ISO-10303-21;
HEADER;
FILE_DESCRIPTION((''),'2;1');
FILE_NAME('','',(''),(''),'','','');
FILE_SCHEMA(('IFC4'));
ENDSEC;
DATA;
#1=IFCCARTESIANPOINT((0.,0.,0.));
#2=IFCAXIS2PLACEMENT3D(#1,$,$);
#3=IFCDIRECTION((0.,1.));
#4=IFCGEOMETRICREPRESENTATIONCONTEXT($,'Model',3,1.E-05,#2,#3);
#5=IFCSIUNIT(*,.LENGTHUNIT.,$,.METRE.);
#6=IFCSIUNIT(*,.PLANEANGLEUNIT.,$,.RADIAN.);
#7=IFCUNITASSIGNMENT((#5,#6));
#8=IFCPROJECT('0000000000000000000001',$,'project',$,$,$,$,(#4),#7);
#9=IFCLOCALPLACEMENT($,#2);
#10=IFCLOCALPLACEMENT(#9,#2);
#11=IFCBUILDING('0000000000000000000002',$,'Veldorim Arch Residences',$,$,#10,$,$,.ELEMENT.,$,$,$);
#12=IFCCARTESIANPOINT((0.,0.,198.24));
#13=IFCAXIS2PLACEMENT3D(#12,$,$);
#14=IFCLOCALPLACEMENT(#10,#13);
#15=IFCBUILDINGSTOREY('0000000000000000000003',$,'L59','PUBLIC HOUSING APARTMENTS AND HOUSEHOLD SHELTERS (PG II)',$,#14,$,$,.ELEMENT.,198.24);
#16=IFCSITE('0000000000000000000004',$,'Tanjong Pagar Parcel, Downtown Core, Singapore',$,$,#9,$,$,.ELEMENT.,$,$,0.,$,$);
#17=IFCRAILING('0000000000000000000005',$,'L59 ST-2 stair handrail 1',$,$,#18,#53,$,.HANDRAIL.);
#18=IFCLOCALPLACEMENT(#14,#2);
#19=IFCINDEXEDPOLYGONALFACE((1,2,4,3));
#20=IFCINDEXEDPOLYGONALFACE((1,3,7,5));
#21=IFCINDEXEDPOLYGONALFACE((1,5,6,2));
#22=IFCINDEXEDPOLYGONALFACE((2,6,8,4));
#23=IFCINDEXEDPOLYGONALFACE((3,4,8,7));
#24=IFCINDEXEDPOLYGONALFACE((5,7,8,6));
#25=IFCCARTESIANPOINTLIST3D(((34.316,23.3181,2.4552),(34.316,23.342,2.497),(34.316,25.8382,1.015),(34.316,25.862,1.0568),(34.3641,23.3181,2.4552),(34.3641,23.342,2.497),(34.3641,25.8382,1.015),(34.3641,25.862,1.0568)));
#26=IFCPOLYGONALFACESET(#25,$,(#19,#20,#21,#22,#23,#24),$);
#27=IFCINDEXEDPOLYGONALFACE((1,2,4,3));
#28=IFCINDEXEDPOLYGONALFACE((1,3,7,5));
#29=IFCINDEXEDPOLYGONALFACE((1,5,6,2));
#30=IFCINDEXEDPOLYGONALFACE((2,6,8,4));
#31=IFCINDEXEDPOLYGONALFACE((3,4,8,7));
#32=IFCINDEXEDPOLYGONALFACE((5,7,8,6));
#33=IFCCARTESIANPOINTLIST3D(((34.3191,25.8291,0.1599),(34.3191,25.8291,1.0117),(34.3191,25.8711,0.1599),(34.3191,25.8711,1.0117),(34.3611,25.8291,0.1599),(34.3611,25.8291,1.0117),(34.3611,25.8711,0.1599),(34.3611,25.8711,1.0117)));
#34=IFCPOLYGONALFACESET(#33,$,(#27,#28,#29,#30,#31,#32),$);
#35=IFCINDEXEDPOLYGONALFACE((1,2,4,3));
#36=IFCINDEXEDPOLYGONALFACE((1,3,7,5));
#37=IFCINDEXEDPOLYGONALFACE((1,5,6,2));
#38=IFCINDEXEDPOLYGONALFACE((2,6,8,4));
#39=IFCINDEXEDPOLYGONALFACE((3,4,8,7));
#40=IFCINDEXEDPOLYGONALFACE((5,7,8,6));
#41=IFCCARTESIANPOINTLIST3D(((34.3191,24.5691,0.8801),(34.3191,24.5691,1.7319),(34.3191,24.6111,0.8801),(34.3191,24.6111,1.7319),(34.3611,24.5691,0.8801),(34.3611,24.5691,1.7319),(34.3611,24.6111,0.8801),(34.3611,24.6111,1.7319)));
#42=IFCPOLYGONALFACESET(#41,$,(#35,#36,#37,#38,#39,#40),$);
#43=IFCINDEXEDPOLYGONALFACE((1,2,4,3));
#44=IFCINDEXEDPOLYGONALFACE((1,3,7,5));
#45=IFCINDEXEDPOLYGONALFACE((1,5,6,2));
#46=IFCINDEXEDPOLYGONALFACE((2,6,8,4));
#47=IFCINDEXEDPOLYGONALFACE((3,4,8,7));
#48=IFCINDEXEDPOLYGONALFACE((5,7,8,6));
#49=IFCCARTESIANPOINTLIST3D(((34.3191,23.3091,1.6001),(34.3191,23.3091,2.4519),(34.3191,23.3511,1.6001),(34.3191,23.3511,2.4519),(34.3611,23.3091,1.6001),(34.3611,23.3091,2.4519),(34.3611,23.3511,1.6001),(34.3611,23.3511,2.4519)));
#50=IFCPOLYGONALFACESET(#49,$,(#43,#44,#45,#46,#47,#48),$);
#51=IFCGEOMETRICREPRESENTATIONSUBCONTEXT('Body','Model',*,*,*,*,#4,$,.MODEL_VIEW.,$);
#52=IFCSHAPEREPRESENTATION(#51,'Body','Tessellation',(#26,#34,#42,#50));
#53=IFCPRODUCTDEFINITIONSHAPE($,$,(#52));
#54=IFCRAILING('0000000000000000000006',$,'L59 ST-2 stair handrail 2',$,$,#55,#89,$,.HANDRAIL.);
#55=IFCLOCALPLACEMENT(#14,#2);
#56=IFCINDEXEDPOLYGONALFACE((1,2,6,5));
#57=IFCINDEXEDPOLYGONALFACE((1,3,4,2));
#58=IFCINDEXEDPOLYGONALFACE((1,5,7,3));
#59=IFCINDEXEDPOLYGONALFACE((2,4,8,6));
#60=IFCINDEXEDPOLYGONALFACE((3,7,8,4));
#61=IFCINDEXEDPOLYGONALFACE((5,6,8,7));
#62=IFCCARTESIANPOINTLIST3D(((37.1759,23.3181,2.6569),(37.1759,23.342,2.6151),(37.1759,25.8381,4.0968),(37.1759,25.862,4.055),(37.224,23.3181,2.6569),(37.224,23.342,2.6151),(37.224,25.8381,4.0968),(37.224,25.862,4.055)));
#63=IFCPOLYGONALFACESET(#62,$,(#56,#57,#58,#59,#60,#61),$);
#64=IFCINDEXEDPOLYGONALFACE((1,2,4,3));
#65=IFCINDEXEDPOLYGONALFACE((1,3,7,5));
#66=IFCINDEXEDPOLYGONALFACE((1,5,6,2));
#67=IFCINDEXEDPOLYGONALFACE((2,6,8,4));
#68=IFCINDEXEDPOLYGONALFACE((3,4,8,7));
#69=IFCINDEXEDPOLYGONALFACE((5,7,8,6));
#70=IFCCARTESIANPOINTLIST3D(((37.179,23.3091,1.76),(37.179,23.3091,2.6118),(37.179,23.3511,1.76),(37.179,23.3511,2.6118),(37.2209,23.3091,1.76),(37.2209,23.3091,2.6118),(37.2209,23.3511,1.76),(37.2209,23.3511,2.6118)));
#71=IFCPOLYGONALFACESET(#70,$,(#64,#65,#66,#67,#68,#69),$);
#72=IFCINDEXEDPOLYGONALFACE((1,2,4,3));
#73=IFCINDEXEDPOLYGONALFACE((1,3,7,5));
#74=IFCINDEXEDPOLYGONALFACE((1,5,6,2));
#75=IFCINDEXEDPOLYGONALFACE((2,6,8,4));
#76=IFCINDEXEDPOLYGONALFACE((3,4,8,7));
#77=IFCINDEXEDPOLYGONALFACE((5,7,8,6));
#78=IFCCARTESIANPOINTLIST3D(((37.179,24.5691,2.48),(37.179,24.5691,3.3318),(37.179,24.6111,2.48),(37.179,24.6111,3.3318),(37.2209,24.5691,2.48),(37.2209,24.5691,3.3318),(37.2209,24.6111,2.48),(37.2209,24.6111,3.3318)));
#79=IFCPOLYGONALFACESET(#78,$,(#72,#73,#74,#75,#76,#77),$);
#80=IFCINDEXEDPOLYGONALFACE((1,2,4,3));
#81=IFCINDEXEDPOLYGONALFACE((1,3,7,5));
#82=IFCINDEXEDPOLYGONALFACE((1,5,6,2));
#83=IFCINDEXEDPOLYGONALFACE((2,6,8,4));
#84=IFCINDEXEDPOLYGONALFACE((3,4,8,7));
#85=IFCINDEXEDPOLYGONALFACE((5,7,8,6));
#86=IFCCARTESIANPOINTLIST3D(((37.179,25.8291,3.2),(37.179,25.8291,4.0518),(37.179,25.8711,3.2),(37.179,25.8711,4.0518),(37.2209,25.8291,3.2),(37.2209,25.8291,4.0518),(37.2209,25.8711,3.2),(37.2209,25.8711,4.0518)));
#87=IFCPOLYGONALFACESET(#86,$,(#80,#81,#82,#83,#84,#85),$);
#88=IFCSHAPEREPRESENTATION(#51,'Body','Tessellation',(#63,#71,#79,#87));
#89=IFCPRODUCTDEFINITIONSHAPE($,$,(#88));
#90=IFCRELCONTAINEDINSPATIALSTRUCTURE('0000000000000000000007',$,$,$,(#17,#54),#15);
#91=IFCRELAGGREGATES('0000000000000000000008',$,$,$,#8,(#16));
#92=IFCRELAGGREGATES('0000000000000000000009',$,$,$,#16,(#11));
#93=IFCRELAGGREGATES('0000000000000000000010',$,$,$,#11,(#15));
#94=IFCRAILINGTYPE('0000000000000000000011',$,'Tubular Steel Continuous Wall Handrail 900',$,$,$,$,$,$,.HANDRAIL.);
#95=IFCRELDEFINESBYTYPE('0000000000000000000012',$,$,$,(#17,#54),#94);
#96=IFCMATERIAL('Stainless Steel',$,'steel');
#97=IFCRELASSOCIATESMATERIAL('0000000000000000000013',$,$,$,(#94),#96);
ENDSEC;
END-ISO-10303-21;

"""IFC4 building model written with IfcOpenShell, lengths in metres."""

from ifc_helpers import new_model, si_unit, direction, frame, origin, origin_2d, place, context, subcontext, project, spatial, rectangle, extrude, material, type_object, element, save


model = new_model("IFC4")

# Units and contexts
model_context = context("Model", 3, precision=1e-05, world=origin(), true_north=direction((0.0, 1.0)))
body_context = subcontext(model_context, "Body", "Model", "MODEL_VIEW")
ifc_project = project(units=[si_unit("LENGTHUNIT", "METRE"), si_unit("PLANEANGLEUNIT", "RADIAN")], contexts=[model_context])

# Site, building, storey
site_placement = place(None, origin())
site = spatial("IfcSite", under=ifc_project, at=site_placement, Name="Tanjong Pagar Parcel, Downtown Core, Singapore", CompositionType="ELEMENT", RefElevation=0.0)
building_placement = place(site_placement, origin())
building = spatial("IfcBuilding", under=site, at=building_placement, Name="Veldorim Arch Residences", CompositionType="ELEMENT")
storey_placement = place(building_placement, frame((0.0, 0.0, 198.24)))
storey = spatial("IfcBuildingStorey", under=building, at=storey_placement, Name="L59", Description="PUBLIC HOUSING APARTMENTS AND HOUSEHOLD SHELTERS (PG II)", CompositionType="ELEMENT", Elevation=198.24)

# Railings
ifc_material_1 = material(Name="Stainless Steel", Category="steel")
railing_type_1 = type_object("IfcRailingType", Name="Tubular Steel Continuous Wall Handrail 900", PredefinedType="HANDRAIL", material=ifc_material_1)
railing_1_placement = place(storey_placement, frame((34.3401, 25.8501, 0.1599)))
element("IfcRailing", 1, at=railing_1_placement, inside=storey, type_object=railing_type_1, Name="L59 ST-2 stair handrail 1", PredefinedType="HANDRAIL", context=body_context, shape_type="SweptSolid", body=[
    extrude(rectangle(XDim=0.0481, YDim=0.0481, at=origin_2d()), frame((0.0, 0.0, 0.876), z_axis=(0.0, -0.868217, 0.496184), x_axis=(1.0, 0.0, 0.0)), (0.0, 0.0, 1.0), 2.9026),
    extrude(rectangle(XDim=0.042, YDim=0.042, at=origin_2d()), origin(), (0.0, 0.0, 1.0), 0.8518),
    extrude(rectangle(XDim=0.042, YDim=0.042, at=origin_2d()), frame((0.0, -1.26, 0.7202)), (0.0, 0.0, 1.0), 0.8518),
    extrude(rectangle(XDim=0.042, YDim=0.042, at=origin_2d()), frame((0.0, -2.52, 1.4402)), (0.0, 0.0, 1.0), 0.8518),
])
railing_2_placement = place(storey_placement, frame((37.2, 23.3301, 1.76)))
element("IfcRailing", 2, at=railing_2_placement, inside=storey, type_object=railing_type_1, Name="L59 ST-2 stair handrail 2", PredefinedType="HANDRAIL", context=body_context, shape_type="SweptSolid", body=[
    extrude(rectangle(XDim=0.0481, YDim=0.0481, at=origin_2d()), frame((0.0, 0.0, 0.876), z_axis=(0.0, 0.868253, 0.496121), x_axis=(-1.0, 0.0, 0.0)), (0.0, 0.0, 1.0), 2.9023),
    extrude(rectangle(XDim=0.042, YDim=0.042, at=origin_2d()), origin(), (0.0, 0.0, 1.0), 0.8518),
    extrude(rectangle(XDim=0.042, YDim=0.042, at=origin_2d()), frame((0.0, 1.26, 0.72)), (0.0, 0.0, 1.0), 0.8518),
    extrude(rectangle(XDim=0.042, YDim=0.042, at=origin_2d()), frame((0.0, 2.52, 1.4399)), (0.0, 0.0, 1.0), 0.8518),
])

save(model, "model.ifc")
